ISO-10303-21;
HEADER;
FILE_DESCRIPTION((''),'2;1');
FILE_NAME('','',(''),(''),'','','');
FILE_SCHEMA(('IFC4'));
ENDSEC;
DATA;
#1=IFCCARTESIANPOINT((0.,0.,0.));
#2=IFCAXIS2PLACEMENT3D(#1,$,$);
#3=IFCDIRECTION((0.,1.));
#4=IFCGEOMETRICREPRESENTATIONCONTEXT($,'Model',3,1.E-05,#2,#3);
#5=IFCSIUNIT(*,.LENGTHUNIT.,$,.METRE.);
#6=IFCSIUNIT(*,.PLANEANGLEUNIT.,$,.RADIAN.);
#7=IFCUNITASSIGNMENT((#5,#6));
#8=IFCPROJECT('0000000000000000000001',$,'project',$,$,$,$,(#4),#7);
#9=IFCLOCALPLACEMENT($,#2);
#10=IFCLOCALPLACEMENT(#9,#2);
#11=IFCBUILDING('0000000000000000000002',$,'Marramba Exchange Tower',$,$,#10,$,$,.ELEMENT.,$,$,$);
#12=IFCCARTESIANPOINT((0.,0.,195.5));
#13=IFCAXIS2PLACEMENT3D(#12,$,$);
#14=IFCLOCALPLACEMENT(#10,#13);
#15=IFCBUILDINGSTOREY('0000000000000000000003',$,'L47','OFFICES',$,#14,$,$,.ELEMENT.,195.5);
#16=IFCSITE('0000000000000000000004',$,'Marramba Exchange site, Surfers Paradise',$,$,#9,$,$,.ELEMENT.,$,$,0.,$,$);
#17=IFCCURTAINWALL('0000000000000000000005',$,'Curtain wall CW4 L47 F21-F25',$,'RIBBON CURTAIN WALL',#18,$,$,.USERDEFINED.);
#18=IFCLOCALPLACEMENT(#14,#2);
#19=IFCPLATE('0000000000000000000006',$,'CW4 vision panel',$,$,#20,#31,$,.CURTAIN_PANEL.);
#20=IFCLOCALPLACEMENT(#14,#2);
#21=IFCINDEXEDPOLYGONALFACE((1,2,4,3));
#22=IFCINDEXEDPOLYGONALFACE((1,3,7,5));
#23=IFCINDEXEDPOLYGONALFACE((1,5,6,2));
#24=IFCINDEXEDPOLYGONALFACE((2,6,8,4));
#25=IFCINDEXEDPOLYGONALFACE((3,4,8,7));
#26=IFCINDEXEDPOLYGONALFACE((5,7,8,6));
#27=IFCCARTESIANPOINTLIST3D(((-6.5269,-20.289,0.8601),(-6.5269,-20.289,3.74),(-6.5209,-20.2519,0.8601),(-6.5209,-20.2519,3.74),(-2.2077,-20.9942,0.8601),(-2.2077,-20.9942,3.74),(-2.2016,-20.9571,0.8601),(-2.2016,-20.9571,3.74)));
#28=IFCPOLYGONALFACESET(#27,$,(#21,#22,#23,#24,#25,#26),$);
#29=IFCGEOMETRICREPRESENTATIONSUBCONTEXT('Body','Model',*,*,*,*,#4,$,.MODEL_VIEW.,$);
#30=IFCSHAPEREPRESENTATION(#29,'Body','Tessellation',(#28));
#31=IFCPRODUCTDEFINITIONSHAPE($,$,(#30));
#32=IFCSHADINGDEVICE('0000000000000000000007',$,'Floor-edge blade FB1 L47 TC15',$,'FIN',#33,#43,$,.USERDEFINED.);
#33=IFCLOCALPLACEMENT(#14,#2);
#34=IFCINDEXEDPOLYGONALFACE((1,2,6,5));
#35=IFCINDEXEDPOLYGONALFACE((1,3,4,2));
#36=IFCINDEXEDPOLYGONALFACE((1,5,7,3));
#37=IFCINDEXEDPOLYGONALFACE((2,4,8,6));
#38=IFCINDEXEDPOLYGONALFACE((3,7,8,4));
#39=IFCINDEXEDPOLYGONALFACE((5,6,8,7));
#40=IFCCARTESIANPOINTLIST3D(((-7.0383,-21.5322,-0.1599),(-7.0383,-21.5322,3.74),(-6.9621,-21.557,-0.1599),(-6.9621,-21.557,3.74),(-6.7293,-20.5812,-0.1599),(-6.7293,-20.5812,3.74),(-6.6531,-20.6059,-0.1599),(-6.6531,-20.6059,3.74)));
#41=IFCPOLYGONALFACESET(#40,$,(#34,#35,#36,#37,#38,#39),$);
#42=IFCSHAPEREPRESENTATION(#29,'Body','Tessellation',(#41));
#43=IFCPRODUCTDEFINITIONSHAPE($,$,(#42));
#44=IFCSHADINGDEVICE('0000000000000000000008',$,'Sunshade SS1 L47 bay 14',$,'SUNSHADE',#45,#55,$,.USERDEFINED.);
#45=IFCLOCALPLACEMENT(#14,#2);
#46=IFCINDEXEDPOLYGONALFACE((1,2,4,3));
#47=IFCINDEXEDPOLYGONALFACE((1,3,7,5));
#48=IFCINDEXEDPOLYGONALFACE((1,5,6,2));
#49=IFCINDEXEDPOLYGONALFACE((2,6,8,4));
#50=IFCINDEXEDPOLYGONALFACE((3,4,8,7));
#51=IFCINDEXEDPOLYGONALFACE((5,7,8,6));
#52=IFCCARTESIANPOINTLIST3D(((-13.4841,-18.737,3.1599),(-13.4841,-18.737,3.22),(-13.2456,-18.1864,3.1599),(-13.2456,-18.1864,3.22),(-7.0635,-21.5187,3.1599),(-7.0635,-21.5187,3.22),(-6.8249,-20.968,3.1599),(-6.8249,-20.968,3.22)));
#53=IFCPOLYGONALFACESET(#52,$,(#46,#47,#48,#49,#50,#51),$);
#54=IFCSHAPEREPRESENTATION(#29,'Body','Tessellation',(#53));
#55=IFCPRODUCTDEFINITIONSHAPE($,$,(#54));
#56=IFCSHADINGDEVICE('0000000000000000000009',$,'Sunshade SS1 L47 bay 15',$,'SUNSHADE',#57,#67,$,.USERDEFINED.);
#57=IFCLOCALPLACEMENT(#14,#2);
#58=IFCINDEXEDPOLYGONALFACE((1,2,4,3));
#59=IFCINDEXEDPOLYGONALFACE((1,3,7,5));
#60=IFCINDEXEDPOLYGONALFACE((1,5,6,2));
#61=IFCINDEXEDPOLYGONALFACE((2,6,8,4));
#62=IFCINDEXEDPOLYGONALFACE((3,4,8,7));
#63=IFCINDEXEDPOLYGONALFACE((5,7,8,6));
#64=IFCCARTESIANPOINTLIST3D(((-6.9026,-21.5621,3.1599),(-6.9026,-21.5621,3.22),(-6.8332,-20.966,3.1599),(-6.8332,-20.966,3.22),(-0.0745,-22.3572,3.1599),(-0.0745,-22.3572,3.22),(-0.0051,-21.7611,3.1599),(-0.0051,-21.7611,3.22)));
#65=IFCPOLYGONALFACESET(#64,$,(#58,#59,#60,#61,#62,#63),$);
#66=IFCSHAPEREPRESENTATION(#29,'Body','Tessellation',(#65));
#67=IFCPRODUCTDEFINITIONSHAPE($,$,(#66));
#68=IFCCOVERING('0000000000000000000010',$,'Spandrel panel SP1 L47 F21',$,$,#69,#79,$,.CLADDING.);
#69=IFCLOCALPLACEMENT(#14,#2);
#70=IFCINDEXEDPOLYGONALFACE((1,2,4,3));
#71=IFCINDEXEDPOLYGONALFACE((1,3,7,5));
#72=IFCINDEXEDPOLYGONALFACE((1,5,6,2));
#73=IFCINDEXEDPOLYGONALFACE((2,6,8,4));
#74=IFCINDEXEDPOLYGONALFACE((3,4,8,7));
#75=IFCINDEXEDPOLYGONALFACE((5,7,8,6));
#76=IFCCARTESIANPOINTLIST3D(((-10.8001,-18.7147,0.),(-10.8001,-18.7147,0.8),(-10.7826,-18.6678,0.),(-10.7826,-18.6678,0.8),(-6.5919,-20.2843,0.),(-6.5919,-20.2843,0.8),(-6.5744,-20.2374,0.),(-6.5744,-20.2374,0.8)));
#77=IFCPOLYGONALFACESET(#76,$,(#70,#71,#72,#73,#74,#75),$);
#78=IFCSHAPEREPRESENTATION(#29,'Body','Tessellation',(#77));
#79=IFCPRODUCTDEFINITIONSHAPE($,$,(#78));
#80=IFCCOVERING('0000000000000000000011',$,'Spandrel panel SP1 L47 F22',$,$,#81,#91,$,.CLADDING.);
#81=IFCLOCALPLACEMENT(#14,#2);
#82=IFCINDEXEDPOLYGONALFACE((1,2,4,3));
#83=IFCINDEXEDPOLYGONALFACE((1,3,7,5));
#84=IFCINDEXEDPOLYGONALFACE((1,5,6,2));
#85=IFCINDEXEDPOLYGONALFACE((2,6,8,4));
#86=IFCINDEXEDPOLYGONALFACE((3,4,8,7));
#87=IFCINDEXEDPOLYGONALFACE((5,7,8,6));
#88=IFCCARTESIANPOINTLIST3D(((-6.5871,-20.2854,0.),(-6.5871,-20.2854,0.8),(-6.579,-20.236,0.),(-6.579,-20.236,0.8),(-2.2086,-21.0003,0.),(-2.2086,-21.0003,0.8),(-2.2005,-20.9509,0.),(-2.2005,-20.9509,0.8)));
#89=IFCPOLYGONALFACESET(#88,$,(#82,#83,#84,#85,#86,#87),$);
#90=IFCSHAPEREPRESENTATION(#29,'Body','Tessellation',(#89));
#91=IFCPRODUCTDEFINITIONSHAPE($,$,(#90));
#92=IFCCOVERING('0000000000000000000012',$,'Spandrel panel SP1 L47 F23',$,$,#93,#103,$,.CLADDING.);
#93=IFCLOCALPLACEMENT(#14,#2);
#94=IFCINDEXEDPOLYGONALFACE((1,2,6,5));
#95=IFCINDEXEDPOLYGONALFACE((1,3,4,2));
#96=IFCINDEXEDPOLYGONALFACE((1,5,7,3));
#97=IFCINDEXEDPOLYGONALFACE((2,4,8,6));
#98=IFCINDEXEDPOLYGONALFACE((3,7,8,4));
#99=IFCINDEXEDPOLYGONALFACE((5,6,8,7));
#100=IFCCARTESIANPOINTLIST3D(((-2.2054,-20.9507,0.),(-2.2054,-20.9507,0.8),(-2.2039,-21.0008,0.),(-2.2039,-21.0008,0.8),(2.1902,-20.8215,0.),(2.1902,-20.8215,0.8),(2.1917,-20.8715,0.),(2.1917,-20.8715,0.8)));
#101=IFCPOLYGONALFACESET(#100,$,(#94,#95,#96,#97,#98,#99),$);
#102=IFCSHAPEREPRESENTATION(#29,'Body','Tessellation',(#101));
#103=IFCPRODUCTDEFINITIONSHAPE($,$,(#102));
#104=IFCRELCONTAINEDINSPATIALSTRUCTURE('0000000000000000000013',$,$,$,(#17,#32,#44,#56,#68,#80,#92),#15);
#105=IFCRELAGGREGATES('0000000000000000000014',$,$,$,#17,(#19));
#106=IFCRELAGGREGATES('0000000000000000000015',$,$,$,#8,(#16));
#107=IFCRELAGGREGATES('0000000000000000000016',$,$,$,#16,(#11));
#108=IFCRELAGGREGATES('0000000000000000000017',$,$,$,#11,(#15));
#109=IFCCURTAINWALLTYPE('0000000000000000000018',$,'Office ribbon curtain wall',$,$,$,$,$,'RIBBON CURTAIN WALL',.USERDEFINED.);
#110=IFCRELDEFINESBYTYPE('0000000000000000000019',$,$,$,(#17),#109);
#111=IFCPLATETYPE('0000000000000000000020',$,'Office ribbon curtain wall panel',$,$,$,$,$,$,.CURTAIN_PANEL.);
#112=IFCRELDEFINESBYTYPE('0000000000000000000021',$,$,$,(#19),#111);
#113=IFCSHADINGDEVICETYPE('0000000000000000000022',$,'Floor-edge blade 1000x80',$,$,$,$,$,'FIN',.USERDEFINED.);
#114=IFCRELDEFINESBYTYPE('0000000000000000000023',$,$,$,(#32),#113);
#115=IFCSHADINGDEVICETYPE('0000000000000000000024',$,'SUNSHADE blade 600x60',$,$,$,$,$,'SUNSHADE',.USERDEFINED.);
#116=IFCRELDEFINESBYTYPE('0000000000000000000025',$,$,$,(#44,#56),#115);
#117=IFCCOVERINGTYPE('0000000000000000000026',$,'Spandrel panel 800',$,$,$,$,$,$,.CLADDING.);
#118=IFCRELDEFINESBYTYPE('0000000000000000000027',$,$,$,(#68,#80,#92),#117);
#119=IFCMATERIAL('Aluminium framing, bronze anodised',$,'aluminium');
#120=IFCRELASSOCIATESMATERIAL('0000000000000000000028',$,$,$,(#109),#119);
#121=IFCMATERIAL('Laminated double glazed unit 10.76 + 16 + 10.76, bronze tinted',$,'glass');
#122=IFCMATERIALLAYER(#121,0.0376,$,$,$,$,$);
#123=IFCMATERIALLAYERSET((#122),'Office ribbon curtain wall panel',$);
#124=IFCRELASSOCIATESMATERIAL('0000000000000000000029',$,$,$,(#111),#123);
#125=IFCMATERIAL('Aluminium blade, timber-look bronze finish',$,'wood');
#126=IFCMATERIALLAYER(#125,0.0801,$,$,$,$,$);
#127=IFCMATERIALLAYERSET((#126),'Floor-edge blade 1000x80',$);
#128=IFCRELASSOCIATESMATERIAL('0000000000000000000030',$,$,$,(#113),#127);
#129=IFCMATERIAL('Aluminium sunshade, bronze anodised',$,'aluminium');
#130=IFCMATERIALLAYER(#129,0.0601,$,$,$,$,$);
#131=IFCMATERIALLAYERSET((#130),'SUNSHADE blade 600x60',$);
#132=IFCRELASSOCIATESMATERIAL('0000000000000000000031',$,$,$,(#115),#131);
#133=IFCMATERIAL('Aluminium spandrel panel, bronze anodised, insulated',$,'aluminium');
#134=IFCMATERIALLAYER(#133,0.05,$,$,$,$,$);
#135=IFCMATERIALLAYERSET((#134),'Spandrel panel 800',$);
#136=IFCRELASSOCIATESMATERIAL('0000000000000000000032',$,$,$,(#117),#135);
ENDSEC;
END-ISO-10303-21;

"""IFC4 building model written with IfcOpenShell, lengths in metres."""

from ifc_helpers import new_model, si_unit, direction, frame, origin, origin_2d, place, context, subcontext, project, spatial, rectangle, extrude, material, layer, layer_set, type_object, element, aggregate, save


model = new_model("IFC4")

# Units and contexts
model_context = context("Model", 3, precision=1e-05, world=origin(), true_north=direction((0.0, 1.0)))
body_context = subcontext(model_context, "Body", "Model", "MODEL_VIEW")
ifc_project = project(units=[si_unit("LENGTHUNIT", "METRE"), si_unit("PLANEANGLEUNIT", "RADIAN")], contexts=[model_context])

# Site, building, storey
site_placement = place(None, origin())
site = spatial("IfcSite", under=ifc_project, at=site_placement, Name="Marramba Exchange site, Surfers Paradise", CompositionType="ELEMENT", RefElevation=0.0)
building_placement = place(site_placement, origin())
building = spatial("IfcBuilding", under=site, at=building_placement, Name="Marramba Exchange Tower", CompositionType="ELEMENT")
storey_placement = place(building_placement, frame((0.0, 0.0, 195.5)))
storey = spatial("IfcBuildingStorey", under=building, at=storey_placement, Name="L47", Description="OFFICES", CompositionType="ELEMENT", Elevation=195.5)

# Curtain wall
ifc_material_1 = material(Name="Aluminium framing, bronze anodised", Category="aluminium")
curtain_wall_type = type_object("IfcCurtainWallType", Name="Office ribbon curtain wall", ElementType="RIBBON CURTAIN WALL", PredefinedType="USERDEFINED", material=ifc_material_1)
curtain_wall_1_placement = place(storey_placement, origin())
curtain_wall_1 = element("IfcCurtainWall", 1, at=curtain_wall_1_placement, inside=storey, type_object=curtain_wall_type, Name="Curtain wall CW4 L47 F21-F25", ObjectType="RIBBON CURTAIN WALL", PredefinedType="USERDEFINED")

# Shared definitions
ifc_material_2 = material(Name="Laminated double glazed unit 10.76 + 16 + 10.76, bronze tinted", Category="glass")
ifc_layer_1 = layer(ifc_material_2, 0.0376)
ifc_layer_set_1 = layer_set([ifc_layer_1], Name="Office ribbon curtain wall panel")
plate_type = type_object("IfcPlateType", Name="Office ribbon curtain wall panel", PredefinedType="CURTAIN_PANEL", material=ifc_layer_set_1)

# Plate
plate_1_placement = place(storey_placement, frame((-4.3643, -20.623, 0.8601), z_axis=(0.0, 0.0, 1.0), x_axis=(0.986931, -0.161146, 0.0)))
plate_1 = element("IfcPlate", 2, at=plate_1_placement, type_object=plate_type, Name="CW4 vision panel", PredefinedType="CURTAIN_PANEL", context=body_context, shape_type="SweptSolid", body=[
    extrude(rectangle(XDim=4.3765, YDim=0.0376, at=origin_2d()), origin(), (0.0, 0.0, 1.0), 2.8799),
])
aggregate(curtain_wall_1, [plate_1])

# Shading devices
ifc_material_3 = material(Name="Aluminium blade, timber-look bronze finish", Category="wood")
ifc_layer_2 = layer(ifc_material_3, 0.0801)
ifc_layer_set_2 = layer_set([ifc_layer_2], Name="Floor-edge blade 1000x80")
shading_device_type_1 = type_object("IfcShadingDeviceType", Name="Floor-edge blade 1000x80", ElementType="FIN", PredefinedType="USERDEFINED", material=ifc_layer_set_2)
shading_device_1_placement = place(storey_placement, frame((-6.8457, -21.0691, -0.1599), z_axis=(0.0, 0.0, 1.0), x_axis=(-0.309017, -0.951057, 0.0)))
element("IfcShadingDevice", 3, at=shading_device_1_placement, inside=storey, type_object=shading_device_type_1, Name="Floor-edge blade FB1 L47 TC15", ObjectType="FIN", PredefinedType="USERDEFINED", context=body_context, shape_type="SweptSolid", body=[
    extrude(rectangle(XDim=1.0, YDim=0.0801, at=origin_2d()), origin(), (0.0, 0.0, 1.0), 3.8999),
])
ifc_material_4 = material(Name="Aluminium sunshade, bronze anodised", Category="aluminium")
ifc_layer_3 = layer(ifc_material_4, 0.0601)
ifc_layer_set_3 = layer_set([ifc_layer_3], Name="SUNSHADE blade 600x60")
shading_device_type_2 = type_object("IfcShadingDeviceType", Name="SUNSHADE blade 600x60", ElementType="SUNSHADE", PredefinedType="USERDEFINED", material=ifc_layer_set_3)
shading_device_2_placement = place(storey_placement, frame((-10.1545, -19.8525, 3.1599), z_axis=(0.0, 0.0, 1.0), x_axis=(0.917589, -0.39753, 0.0)))
element("IfcShadingDevice", 4, at=shading_device_2_placement, inside=storey, type_object=shading_device_type_2, Name="Sunshade SS1 L47 bay 14", ObjectType="SUNSHADE", PredefinedType="USERDEFINED", context=body_context, shape_type="SweptSolid", body=[
    extrude(rectangle(XDim=6.9973, YDim=0.6001, at=origin_2d()), origin(), (0.0, 0.0, 1.0), 0.0601),
])
shading_device_3_placement = place(storey_placement, frame((-3.4539, -21.6616, 3.1599), z_axis=(0.0, 0.0, 1.0), x_axis=(0.993288, -0.115665, 0.0)))
element("IfcShadingDevice", 5, at=shading_device_3_placement, inside=storey, type_object=shading_device_type_2, Name="Sunshade SS1 L47 bay 15", ObjectType="SUNSHADE", PredefinedType="USERDEFINED", context=body_context, shape_type="SweptSolid", body=[
    extrude(rectangle(XDim=6.8743, YDim=0.6001, at=origin_2d()), origin(), (0.0, 0.0, 1.0), 0.0601),
])

# Coverings
ifc_material_5 = material(Name="Aluminium spandrel panel, bronze anodised, insulated", Category="aluminium")
ifc_layer_4 = layer(ifc_material_5, 0.05)
ifc_layer_set_4 = layer_set([ifc_layer_4], Name="Spandrel panel 800")
covering_type = type_object("IfcCoveringType", Name="Spandrel panel 800", PredefinedType="CLADDING", material=ifc_layer_set_4)
covering_1_placement = place(storey_placement, frame((-8.6873, -19.4761, 0.0), z_axis=(0.0, 0.0, 1.0), x_axis=(0.936952, -0.349459, 0.0)))
element("IfcCovering", 6, at=covering_1_placement, inside=storey, type_object=covering_type, Name="Spandrel panel SP1 L47 F21", PredefinedType="CLADDING", context=body_context, shape_type="SweptSolid", body=[
    extrude(rectangle(XDim=4.4915, YDim=0.05, at=origin_2d()), origin(), (0.0, 0.0, 1.0), 0.8),
])
covering_2_placement = place(storey_placement, frame((-4.3938, -20.6182, 0.0), z_axis=(0.0, 0.0, 1.0), x_axis=(0.986931, -0.161146, 0.0)))
element("IfcCovering", 7, at=covering_2_placement, inside=storey, type_object=covering_type, Name="Spandrel panel SP1 L47 F22", PredefinedType="CLADDING", context=body_context, shape_type="SweptSolid", body=[
    extrude(rectangle(XDim=4.4365, YDim=0.05, at=origin_2d()), origin(), (0.0, 0.0, 1.0), 0.8),
])
covering_3_placement = place(storey_placement, frame((-0.0068, -20.9111, 0.0), z_axis=(0.0, 0.0, 1.0), x_axis=(0.999568, 0.029393, 0.0)))
element("IfcCovering", 8, at=covering_3_placement, inside=storey, type_object=covering_type, Name="Spandrel panel SP1 L47 F23", PredefinedType="CLADDING", context=body_context, shape_type="SweptSolid", body=[
    extrude(rectangle(XDim=4.3975, YDim=0.05, at=origin_2d()), origin(), (0.0, 0.0, 1.0), 0.8),
])

save(model, "model.ifc")
